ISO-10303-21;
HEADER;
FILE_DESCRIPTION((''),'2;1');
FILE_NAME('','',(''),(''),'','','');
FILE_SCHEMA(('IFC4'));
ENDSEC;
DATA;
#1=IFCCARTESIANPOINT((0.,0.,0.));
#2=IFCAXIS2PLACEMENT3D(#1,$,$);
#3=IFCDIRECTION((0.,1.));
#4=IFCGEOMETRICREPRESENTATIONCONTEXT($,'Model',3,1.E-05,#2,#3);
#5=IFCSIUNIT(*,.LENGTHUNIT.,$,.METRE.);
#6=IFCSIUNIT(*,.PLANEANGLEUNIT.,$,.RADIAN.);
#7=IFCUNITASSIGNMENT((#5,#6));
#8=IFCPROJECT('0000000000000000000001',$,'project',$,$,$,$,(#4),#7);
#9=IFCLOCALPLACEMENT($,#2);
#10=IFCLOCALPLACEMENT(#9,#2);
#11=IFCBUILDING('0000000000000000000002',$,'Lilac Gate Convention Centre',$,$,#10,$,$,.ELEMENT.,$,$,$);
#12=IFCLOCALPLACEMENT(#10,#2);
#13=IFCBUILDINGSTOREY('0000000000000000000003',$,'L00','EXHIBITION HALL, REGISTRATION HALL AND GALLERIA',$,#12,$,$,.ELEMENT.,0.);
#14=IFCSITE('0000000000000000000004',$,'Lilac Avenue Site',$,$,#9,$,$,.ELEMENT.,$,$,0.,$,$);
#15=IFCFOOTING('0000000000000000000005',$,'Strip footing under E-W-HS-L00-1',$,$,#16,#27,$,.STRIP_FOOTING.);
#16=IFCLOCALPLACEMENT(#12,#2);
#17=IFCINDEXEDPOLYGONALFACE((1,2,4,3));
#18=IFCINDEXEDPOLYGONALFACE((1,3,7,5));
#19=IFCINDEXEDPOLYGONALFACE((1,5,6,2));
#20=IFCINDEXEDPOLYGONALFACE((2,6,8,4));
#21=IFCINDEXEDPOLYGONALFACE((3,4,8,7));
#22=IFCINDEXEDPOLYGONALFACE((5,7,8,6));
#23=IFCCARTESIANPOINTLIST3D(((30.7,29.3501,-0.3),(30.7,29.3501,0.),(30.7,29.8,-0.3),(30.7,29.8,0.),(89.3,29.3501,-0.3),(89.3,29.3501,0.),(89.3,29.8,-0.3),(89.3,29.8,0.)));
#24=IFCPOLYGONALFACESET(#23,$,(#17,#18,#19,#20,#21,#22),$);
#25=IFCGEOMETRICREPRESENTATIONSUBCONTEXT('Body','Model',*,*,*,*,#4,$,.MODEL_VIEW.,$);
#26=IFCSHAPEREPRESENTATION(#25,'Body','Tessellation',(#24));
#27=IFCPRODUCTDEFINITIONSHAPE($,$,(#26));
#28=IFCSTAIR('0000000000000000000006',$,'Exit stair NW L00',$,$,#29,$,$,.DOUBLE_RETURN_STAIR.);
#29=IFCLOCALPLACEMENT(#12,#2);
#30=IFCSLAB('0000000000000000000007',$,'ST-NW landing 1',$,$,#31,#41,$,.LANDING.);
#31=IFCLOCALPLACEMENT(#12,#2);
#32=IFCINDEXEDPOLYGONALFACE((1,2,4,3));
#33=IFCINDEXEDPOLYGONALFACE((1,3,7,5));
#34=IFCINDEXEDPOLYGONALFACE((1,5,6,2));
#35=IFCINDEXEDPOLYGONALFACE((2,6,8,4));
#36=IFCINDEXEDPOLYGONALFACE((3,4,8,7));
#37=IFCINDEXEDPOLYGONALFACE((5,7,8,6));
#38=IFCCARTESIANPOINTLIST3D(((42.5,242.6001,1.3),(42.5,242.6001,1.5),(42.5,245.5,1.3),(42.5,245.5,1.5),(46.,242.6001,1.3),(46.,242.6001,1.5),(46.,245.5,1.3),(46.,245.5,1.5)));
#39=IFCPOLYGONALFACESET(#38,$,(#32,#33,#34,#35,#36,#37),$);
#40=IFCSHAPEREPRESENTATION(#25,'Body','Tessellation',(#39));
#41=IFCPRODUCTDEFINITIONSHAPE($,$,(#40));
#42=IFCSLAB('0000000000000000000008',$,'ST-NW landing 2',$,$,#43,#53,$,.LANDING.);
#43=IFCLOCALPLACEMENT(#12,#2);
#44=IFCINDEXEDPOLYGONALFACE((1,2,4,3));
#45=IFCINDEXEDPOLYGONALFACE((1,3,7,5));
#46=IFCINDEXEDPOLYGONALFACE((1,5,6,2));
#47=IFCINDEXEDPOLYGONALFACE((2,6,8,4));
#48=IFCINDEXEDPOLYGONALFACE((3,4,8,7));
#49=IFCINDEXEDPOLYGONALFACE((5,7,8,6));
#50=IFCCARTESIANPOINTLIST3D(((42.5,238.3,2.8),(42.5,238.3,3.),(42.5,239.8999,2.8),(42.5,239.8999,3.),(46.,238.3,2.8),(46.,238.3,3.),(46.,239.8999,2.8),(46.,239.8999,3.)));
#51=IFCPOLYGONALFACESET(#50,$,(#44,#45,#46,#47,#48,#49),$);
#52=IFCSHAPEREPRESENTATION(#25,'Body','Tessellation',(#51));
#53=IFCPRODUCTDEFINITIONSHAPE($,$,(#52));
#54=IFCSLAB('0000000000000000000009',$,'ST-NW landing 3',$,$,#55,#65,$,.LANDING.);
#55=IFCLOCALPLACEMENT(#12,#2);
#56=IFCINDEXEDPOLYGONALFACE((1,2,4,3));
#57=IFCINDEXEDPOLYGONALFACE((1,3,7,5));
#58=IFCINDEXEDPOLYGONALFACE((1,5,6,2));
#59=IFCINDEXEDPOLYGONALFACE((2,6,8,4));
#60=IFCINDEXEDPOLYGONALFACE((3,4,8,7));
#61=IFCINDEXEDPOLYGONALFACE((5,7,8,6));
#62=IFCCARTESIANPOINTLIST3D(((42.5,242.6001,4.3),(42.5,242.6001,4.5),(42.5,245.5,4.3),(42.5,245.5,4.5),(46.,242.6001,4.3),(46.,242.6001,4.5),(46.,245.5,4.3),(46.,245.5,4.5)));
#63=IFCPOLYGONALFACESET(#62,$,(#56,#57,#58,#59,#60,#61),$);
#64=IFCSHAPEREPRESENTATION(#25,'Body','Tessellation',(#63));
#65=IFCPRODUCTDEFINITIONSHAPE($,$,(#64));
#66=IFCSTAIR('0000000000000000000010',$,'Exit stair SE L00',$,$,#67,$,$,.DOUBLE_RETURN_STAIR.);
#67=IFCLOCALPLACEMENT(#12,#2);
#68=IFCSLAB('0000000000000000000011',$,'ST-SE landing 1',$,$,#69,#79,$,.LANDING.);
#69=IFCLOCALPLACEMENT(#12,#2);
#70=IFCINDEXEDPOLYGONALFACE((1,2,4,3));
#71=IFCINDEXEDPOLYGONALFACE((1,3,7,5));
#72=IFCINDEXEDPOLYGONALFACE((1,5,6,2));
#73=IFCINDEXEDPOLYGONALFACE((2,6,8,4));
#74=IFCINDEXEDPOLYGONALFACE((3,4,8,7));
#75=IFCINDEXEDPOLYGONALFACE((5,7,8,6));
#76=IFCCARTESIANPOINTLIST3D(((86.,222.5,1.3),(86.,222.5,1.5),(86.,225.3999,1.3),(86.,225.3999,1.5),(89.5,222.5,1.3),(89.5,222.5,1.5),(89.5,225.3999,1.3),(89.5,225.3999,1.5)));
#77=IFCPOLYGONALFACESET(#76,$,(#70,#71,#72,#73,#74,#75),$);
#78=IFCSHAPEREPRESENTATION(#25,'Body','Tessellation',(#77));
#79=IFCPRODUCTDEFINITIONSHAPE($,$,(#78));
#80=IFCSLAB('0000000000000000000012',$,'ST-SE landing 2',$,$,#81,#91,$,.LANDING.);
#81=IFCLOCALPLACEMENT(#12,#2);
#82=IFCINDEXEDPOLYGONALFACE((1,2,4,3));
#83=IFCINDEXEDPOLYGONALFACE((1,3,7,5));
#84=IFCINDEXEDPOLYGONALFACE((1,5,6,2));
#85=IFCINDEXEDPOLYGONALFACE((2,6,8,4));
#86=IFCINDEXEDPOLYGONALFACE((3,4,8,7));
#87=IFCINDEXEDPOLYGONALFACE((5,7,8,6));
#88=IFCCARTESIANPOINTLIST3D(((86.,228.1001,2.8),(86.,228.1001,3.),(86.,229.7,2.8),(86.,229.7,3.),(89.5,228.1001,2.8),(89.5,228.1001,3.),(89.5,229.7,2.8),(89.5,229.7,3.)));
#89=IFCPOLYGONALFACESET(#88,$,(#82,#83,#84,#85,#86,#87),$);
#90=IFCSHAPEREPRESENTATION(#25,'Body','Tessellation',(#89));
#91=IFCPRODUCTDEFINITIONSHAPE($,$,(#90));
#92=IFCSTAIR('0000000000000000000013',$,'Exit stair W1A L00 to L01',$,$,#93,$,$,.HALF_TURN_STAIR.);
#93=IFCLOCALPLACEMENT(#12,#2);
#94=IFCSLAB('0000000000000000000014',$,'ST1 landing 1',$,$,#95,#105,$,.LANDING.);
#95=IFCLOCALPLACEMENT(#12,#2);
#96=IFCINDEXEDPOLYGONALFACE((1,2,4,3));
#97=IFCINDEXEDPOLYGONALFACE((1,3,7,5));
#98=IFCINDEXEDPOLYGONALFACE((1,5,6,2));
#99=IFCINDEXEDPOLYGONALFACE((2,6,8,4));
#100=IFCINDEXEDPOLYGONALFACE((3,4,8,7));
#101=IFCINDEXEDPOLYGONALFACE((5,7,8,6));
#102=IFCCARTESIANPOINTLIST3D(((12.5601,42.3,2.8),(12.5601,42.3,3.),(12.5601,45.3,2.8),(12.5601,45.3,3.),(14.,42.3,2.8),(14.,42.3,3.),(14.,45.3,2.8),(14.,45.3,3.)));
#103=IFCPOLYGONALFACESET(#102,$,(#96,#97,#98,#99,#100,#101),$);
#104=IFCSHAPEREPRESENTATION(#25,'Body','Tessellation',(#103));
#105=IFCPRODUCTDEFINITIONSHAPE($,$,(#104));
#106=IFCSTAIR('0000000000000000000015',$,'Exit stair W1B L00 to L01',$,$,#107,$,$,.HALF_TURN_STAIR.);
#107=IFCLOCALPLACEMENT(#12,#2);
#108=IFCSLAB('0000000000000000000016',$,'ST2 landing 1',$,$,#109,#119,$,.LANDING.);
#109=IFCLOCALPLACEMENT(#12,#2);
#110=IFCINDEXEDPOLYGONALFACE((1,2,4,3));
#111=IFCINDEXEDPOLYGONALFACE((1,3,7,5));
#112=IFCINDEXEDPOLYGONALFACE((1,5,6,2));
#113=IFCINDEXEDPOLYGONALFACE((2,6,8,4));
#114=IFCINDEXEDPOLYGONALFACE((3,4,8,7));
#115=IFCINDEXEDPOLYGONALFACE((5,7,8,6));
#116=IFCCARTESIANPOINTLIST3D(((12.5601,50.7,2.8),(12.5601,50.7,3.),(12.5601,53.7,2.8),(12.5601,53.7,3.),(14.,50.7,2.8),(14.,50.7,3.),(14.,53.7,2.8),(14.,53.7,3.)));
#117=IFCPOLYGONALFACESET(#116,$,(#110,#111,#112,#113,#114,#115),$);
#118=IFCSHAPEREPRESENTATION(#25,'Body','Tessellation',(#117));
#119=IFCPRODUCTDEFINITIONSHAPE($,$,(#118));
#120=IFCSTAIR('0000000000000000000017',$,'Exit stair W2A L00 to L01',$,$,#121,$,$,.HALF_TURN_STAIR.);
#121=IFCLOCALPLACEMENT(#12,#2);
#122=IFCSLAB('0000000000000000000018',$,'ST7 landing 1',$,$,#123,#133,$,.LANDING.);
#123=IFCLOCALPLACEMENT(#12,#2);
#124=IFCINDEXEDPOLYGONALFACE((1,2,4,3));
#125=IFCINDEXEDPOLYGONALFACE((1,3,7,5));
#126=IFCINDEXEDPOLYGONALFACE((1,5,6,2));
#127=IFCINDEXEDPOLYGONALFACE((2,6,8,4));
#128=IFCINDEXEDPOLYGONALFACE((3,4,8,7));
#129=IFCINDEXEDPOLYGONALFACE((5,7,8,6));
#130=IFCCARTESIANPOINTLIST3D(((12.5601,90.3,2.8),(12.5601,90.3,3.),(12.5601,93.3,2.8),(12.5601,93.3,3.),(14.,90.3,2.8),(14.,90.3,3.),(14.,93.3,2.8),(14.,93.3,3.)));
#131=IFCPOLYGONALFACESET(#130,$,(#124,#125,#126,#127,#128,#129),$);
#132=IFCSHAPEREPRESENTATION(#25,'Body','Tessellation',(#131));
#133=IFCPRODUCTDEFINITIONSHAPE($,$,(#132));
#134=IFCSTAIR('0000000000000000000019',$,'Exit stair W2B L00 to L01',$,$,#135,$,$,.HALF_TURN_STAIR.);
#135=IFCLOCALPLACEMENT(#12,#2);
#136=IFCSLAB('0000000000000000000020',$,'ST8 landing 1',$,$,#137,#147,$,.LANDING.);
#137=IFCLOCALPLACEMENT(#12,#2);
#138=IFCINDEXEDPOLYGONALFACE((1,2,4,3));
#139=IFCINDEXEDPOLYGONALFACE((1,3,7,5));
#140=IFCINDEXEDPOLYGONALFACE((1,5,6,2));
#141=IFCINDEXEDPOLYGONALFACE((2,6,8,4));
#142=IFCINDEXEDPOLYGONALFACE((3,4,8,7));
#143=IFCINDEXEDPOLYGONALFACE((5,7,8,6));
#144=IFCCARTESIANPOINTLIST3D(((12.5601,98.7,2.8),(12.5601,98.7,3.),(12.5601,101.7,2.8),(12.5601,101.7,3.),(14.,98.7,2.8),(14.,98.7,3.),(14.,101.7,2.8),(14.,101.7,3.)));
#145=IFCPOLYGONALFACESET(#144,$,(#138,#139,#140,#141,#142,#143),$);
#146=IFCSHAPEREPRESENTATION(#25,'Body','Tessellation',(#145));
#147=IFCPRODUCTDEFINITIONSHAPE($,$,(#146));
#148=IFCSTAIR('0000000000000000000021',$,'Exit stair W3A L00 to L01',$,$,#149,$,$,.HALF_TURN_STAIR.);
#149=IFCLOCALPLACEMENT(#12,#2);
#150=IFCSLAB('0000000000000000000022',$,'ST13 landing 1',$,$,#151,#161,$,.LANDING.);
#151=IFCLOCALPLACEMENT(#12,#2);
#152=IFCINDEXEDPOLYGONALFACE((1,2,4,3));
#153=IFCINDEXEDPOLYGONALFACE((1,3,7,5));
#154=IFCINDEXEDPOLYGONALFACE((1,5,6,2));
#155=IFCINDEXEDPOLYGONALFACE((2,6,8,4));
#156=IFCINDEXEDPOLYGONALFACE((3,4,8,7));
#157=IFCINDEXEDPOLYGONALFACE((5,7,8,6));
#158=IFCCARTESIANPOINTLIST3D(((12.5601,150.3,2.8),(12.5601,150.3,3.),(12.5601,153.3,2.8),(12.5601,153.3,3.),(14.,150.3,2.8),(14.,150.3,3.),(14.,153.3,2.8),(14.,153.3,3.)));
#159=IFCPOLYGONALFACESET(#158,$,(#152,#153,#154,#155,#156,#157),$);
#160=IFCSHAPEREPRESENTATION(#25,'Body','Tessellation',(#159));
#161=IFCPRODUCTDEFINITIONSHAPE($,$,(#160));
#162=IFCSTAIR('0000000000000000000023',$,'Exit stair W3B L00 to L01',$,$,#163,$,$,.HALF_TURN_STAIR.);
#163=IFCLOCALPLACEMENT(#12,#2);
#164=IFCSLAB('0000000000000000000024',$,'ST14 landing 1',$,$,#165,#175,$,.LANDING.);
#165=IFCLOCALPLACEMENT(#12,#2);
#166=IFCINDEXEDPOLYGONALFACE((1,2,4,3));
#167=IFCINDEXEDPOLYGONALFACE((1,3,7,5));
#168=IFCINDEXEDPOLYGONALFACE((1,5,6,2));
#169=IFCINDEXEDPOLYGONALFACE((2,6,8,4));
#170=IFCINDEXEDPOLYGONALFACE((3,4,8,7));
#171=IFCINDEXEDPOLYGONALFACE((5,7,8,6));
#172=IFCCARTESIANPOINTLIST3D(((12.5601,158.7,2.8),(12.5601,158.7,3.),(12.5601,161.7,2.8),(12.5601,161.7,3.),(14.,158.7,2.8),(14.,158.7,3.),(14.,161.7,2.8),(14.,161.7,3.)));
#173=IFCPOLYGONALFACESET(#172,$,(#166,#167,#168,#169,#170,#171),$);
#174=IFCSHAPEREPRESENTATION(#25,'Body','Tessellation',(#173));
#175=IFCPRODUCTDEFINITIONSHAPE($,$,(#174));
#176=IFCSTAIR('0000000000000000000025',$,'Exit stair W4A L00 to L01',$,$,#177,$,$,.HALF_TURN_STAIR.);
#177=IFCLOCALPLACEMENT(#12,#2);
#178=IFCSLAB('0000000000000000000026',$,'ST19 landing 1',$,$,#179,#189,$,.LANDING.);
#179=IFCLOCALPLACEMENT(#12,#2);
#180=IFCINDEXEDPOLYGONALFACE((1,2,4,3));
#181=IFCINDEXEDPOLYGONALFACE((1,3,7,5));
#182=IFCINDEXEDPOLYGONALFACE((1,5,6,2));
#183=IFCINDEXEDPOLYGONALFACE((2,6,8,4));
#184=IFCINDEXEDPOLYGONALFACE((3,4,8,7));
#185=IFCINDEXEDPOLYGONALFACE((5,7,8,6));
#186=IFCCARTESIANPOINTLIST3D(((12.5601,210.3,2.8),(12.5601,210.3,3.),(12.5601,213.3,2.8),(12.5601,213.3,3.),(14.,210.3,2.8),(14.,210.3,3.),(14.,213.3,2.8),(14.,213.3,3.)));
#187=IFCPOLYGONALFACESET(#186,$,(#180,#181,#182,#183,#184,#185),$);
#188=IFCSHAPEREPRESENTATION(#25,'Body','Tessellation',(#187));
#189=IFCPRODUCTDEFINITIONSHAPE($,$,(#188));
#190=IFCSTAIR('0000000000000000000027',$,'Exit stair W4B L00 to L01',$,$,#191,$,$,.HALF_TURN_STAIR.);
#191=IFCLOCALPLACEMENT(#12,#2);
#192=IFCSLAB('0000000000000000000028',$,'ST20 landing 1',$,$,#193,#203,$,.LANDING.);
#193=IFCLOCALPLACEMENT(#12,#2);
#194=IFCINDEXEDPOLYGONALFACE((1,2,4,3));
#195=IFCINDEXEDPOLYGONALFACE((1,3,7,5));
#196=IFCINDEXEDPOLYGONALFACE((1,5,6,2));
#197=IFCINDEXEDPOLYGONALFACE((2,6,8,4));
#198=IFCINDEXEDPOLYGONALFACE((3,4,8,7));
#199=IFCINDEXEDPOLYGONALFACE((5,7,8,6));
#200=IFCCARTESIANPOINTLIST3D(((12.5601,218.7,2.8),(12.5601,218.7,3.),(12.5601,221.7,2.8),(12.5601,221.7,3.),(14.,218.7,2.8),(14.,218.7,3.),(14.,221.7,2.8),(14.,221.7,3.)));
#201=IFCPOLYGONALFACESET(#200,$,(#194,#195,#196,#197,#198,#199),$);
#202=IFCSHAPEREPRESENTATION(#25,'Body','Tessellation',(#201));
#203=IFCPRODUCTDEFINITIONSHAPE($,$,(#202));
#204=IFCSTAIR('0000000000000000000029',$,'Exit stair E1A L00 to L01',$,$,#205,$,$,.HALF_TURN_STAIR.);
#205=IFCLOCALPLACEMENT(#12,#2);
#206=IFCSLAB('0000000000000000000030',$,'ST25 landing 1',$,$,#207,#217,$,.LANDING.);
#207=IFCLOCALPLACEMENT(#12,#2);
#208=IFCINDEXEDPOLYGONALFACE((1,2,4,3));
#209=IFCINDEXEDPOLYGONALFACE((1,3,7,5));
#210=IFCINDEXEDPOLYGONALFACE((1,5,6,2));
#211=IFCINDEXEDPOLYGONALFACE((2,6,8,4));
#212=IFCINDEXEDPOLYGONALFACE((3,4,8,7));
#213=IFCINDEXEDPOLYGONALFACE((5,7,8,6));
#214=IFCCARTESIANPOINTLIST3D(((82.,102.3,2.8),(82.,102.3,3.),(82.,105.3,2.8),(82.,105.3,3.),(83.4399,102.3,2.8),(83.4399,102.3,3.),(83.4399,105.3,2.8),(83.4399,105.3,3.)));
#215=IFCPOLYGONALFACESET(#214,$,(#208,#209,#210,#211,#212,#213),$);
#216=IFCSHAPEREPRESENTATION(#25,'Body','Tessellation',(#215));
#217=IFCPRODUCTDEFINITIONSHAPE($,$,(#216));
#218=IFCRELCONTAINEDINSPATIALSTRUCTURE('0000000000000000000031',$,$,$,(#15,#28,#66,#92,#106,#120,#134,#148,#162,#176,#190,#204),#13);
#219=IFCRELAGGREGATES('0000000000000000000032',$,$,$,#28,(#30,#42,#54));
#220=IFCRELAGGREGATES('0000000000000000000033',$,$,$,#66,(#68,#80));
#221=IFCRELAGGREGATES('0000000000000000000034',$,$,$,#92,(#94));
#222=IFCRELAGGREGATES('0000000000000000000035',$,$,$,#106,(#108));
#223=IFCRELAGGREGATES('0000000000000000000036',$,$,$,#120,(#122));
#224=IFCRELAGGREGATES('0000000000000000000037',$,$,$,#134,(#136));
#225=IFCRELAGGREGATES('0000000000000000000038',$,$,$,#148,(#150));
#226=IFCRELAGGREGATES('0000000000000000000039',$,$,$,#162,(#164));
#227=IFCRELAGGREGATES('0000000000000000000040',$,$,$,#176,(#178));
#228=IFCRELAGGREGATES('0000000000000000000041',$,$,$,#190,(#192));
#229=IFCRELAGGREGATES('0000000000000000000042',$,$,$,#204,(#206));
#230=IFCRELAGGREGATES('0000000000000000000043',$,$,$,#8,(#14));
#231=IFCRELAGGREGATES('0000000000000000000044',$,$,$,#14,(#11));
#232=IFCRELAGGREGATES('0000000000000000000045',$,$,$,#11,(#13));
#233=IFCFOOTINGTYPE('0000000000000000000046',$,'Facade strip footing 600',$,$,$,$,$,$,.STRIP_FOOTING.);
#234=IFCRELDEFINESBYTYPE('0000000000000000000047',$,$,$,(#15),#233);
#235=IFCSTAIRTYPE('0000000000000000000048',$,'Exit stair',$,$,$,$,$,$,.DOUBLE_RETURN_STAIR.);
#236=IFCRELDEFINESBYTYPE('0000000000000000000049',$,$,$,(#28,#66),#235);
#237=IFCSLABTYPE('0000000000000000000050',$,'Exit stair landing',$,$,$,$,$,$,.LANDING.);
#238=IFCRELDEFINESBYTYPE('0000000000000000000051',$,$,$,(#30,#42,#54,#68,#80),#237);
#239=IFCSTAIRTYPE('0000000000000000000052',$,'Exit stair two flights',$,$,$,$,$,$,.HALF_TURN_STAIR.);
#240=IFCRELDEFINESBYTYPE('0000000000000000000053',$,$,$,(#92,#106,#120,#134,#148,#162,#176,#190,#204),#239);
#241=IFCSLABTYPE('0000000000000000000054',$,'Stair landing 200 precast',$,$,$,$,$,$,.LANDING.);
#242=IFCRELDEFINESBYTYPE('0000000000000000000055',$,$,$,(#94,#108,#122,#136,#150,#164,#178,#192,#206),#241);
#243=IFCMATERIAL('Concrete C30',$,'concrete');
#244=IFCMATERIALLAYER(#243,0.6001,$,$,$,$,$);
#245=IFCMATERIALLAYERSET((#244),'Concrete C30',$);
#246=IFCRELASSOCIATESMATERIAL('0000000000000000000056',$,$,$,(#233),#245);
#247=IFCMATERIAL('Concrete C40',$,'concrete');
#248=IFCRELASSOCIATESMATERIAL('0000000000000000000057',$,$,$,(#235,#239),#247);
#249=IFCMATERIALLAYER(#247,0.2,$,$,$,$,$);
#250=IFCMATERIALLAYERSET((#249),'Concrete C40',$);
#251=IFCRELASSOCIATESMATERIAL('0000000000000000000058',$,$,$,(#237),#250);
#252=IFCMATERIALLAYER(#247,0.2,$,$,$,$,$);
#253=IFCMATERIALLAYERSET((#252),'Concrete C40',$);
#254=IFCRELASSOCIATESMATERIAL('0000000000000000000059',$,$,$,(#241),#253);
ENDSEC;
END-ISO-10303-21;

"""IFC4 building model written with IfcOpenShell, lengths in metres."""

from ifc_helpers import new_model, si_unit, direction, frame, origin, place, context, subcontext, project, spatial, polyline, outline, extrude, material, layer, layer_set, type_object, element, aggregate, save


model = new_model("IFC4")

# Units and contexts
model_context = context("Model", 3, precision=1e-05, world=origin(), true_north=direction((0.0, 1.0)))
body_context = subcontext(model_context, "Body", "Model", "MODEL_VIEW")
ifc_project = project(units=[si_unit("LENGTHUNIT", "METRE"), si_unit("PLANEANGLEUNIT", "RADIAN")], contexts=[model_context])

# Site, building, storey
site_placement = place(None, origin())
site = spatial("IfcSite", under=ifc_project, at=site_placement, Name="Lilac Avenue Site", CompositionType="ELEMENT", RefElevation=0.0)
building_placement = place(site_placement, origin())
building = spatial("IfcBuilding", under=site, at=building_placement, Name="Lilac Gate Convention Centre", CompositionType="ELEMENT")
storey_placement = place(building_placement, origin())
storey = spatial("IfcBuildingStorey", under=building, at=storey_placement, Name="L00", Description="EXHIBITION HALL, REGISTRATION HALL AND GALLERIA", CompositionType="ELEMENT", Elevation=0.0)

# Footing
ifc_material_1 = material(Name="Concrete C30", Category="concrete")
ifc_layer_1 = layer(ifc_material_1, 0.6001)
ifc_layer_set_1 = layer_set([ifc_layer_1], Name="Concrete C30")
footing_type = type_object("IfcFootingType", Name="Facade strip footing 600", PredefinedType="STRIP_FOOTING", material=ifc_layer_set_1)
footing_placement = place(storey_placement, frame((0.0, 0.0, -0.3)))
element("IfcFooting", 1, at=footing_placement, inside=storey, type_object=footing_type, Name="Strip footing under E-W-HS-L00-1", PredefinedType="STRIP_FOOTING", context=body_context, shape_type="SweptSolid", body=[
    extrude(outline(polyline([(89.3, 29.3501), (30.7, 29.3501), (30.7, 29.8), (89.3, 29.8), (89.3, 29.3501)])), origin(), (0.0, 0.0, 1.0), 0.3),
])

# Stairs, slabs
ifc_material_2 = material(Name="Concrete C40", Category="concrete")
stair_type_1 = type_object("IfcStairType", Name="Exit stair", PredefinedType="DOUBLE_RETURN_STAIR", material=ifc_material_2)
stair_1_placement = place(storey_placement, origin())
stair_1 = element("IfcStair", 2, at=stair_1_placement, inside=storey, type_object=stair_type_1, Name="Exit stair NW L00", PredefinedType="DOUBLE_RETURN_STAIR")
ifc_layer_2 = layer(ifc_material_2, 0.2)
ifc_layer_set_2 = layer_set([ifc_layer_2], Name="Concrete C40")
slab_type_1 = type_object("IfcSlabType", Name="Exit stair landing", PredefinedType="LANDING", material=ifc_layer_set_2)
slab_1_placement = place(storey_placement, frame((0.0, 0.0, 1.3)))
slab_1 = element("IfcSlab", 3, at=slab_1_placement, type_object=slab_type_1, Name="ST-NW landing 1", PredefinedType="LANDING", context=body_context, shape_type="SweptSolid", body=[
    extrude(outline(polyline([(42.5, 242.6001), (46.0, 242.6001), (46.0, 245.5), (42.5, 245.5), (42.5, 242.6001)])), origin(), (0.0, 0.0, 1.0), 0.2),
])
slab_2_placement = place(storey_placement, frame((0.0, 0.0, 2.8)))
slab_2 = element("IfcSlab", 4, at=slab_2_placement, type_object=slab_type_1, Name="ST-NW landing 2", PredefinedType="LANDING", context=body_context, shape_type="SweptSolid", body=[
    extrude(outline(polyline([(42.5, 238.3), (46.0, 238.3), (46.0, 239.8999), (42.5, 239.8999), (42.5, 238.3)])), origin(), (0.0, 0.0, 1.0), 0.2),
])
slab_3_placement = place(storey_placement, frame((0.0, 0.0, 4.3)))
slab_3 = element("IfcSlab", 5, at=slab_3_placement, type_object=slab_type_1, Name="ST-NW landing 3", PredefinedType="LANDING", context=body_context, shape_type="SweptSolid", body=[
    extrude(outline(polyline([(42.5, 242.6001), (46.0, 242.6001), (46.0, 245.5), (42.5, 245.5), (42.5, 242.6001)])), origin(), (0.0, 0.0, 1.0), 0.2),
])
aggregate(stair_1, [slab_1, slab_2, slab_3])
stair_2_placement = place(storey_placement, origin())
stair_2 = element("IfcStair", 6, at=stair_2_placement, inside=storey, type_object=stair_type_1, Name="Exit stair SE L00", PredefinedType="DOUBLE_RETURN_STAIR")
slab_4_placement = place(storey_placement, frame((0.0, 0.0, 1.3)))
slab_4 = element("IfcSlab", 7, at=slab_4_placement, type_object=slab_type_1, Name="ST-SE landing 1", PredefinedType="LANDING", context=body_context, shape_type="SweptSolid", body=[
    extrude(outline(polyline([(86.0, 222.5), (89.5, 222.5), (89.5, 225.3999), (86.0, 225.3999), (86.0, 222.5)])), origin(), (0.0, 0.0, 1.0), 0.2),
])
slab_5_placement = place(storey_placement, frame((0.0, 0.0, 2.8)))
slab_5 = element("IfcSlab", 8, at=slab_5_placement, type_object=slab_type_1, Name="ST-SE landing 2", PredefinedType="LANDING", context=body_context, shape_type="SweptSolid", body=[
    extrude(outline(polyline([(86.0, 228.1001), (89.5, 228.1001), (89.5, 229.7), (86.0, 229.7), (86.0, 228.1001)])), origin(), (0.0, 0.0, 1.0), 0.2),
])
aggregate(stair_2, [slab_4, slab_5])

# Stairs, slabs
stair_type_2 = type_object("IfcStairType", Name="Exit stair two flights", PredefinedType="HALF_TURN_STAIR", material=ifc_material_2)
stair_3_placement = place(storey_placement, origin())
stair_3 = element("IfcStair", 9, at=stair_3_placement, inside=storey, type_object=stair_type_2, Name="Exit stair W1A L00 to L01", PredefinedType="HALF_TURN_STAIR")
ifc_layer_3 = layer(ifc_material_2, 0.2)
ifc_layer_set_3 = layer_set([ifc_layer_3], Name="Concrete C40")
slab_type_2 = type_object("IfcSlabType", Name="Stair landing 200 precast", PredefinedType="LANDING", material=ifc_layer_set_3)
slab_6_placement = place(storey_placement, frame((0.0, 0.0, 2.8)))
slab_6 = element("IfcSlab", 10, at=slab_6_placement, type_object=slab_type_2, Name="ST1 landing 1", PredefinedType="LANDING", context=body_context, shape_type="SweptSolid", body=[
    extrude(outline(polyline([(12.5601, 42.3), (14.0, 42.3), (14.0, 45.3), (12.5601, 45.3), (12.5601, 42.3)])), origin(), (0.0, 0.0, 1.0), 0.2),
])
aggregate(stair_3, [slab_6])
stair_4_placement = place(storey_placement, origin())
stair_4 = element("IfcStair", 11, at=stair_4_placement, inside=storey, type_object=stair_type_2, Name="Exit stair W1B L00 to L01", PredefinedType="HALF_TURN_STAIR")
slab_7_placement = place(storey_placement, frame((0.0, 0.0, 2.8)))
slab_7 = element("IfcSlab", 12, at=slab_7_placement, type_object=slab_type_2, Name="ST2 landing 1", PredefinedType="LANDING", context=body_context, shape_type="SweptSolid", body=[
    extrude(outline(polyline([(12.5601, 50.7), (14.0, 50.7), (14.0, 53.7), (12.5601, 53.7), (12.5601, 50.7)])), origin(), (0.0, 0.0, 1.0), 0.2),
])
aggregate(stair_4, [slab_7])
stair_5_placement = place(storey_placement, origin())
stair_5 = element("IfcStair", 13, at=stair_5_placement, inside=storey, type_object=stair_type_2, Name="Exit stair W2A L00 to L01", PredefinedType="HALF_TURN_STAIR")
slab_8_placement = place(storey_placement, frame((0.0, 0.0, 2.8)))
slab_8 = element("IfcSlab", 14, at=slab_8_placement, type_object=slab_type_2, Name="ST7 landing 1", PredefinedType="LANDING", context=body_context, shape_type="SweptSolid", body=[
    extrude(outline(polyline([(12.5601, 90.3), (14.0, 90.3), (14.0, 93.3), (12.5601, 93.3), (12.5601, 90.3)])), origin(), (0.0, 0.0, 1.0), 0.2),
])
aggregate(stair_5, [slab_8])
stair_6_placement = place(storey_placement, origin())
stair_6 = element("IfcStair", 15, at=stair_6_placement, inside=storey, type_object=stair_type_2, Name="Exit stair W2B L00 to L01", PredefinedType="HALF_TURN_STAIR")
slab_9_placement = place(storey_placement, frame((0.0, 0.0, 2.8)))
slab_9 = element("IfcSlab", 16, at=slab_9_placement, type_object=slab_type_2, Name="ST8 landing 1", PredefinedType="LANDING", context=body_context, shape_type="SweptSolid", body=[
    extrude(outline(polyline([(12.5601, 98.7), (14.0, 98.7), (14.0, 101.7), (12.5601, 101.7), (12.5601, 98.7)])), origin(), (0.0, 0.0, 1.0), 0.2),
])
aggregate(stair_6, [slab_9])
stair_7_placement = place(storey_placement, origin())
stair_7 = element("IfcStair", 17, at=stair_7_placement, inside=storey, type_object=stair_type_2, Name="Exit stair W3A L00 to L01", PredefinedType="HALF_TURN_STAIR")
slab_10_placement = place(storey_placement, frame((0.0, 0.0, 2.8)))
slab_10 = element("IfcSlab", 18, at=slab_10_placement, type_object=slab_type_2, Name="ST13 landing 1", PredefinedType="LANDING", context=body_context, shape_type="SweptSolid", body=[
    extrude(outline(polyline([(12.5601, 150.3), (14.0, 150.3), (14.0, 153.3), (12.5601, 153.3), (12.5601, 150.3)])), origin(), (0.0, 0.0, 1.0), 0.2),
])
aggregate(stair_7, [slab_10])
stair_8_placement = place(storey_placement, origin())
stair_8 = element("IfcStair", 19, at=stair_8_placement, inside=storey, type_object=stair_type_2, Name="Exit stair W3B L00 to L01", PredefinedType="HALF_TURN_STAIR")
slab_11_placement = place(storey_placement, frame((0.0, 0.0, 2.8)))
slab_11 = element("IfcSlab", 20, at=slab_11_placement, type_object=slab_type_2, Name="ST14 landing 1", PredefinedType="LANDING", context=body_context, shape_type="SweptSolid", body=[
    extrude(outline(polyline([(12.5601, 158.7), (14.0, 158.7), (14.0, 161.7), (12.5601, 161.7), (12.5601, 158.7)])), origin(), (0.0, 0.0, 1.0), 0.2),
])
aggregate(stair_8, [slab_11])
stair_9_placement = place(storey_placement, origin())
stair_9 = element("IfcStair", 21, at=stair_9_placement, inside=storey, type_object=stair_type_2, Name="Exit stair W4A L00 to L01", PredefinedType="HALF_TURN_STAIR")
slab_12_placement = place(storey_placement, frame((0.0, 0.0, 2.8)))
slab_12 = element("IfcSlab", 22, at=slab_12_placement, type_object=slab_type_2, Name="ST19 landing 1", PredefinedType="LANDING", context=body_context, shape_type="SweptSolid", body=[
    extrude(outline(polyline([(12.5601, 210.3), (14.0, 210.3), (14.0, 213.3), (12.5601, 213.3), (12.5601, 210.3)])), origin(), (0.0, 0.0, 1.0), 0.2),
])
aggregate(stair_9, [slab_12])
stair_10_placement = place(storey_placement, origin())
stair_10 = element("IfcStair", 23, at=stair_10_placement, inside=storey, type_object=stair_type_2, Name="Exit stair W4B L00 to L01", PredefinedType="HALF_TURN_STAIR")
slab_13_placement = place(storey_placement, frame((0.0, 0.0, 2.8)))
slab_13 = element("IfcSlab", 24, at=slab_13_placement, type_object=slab_type_2, Name="ST20 landing 1", PredefinedType="LANDING", context=body_context, shape_type="SweptSolid", body=[
    extrude(outline(polyline([(12.5601, 218.7), (14.0, 218.7), (14.0, 221.7), (12.5601, 221.7), (12.5601, 218.7)])), origin(), (0.0, 0.0, 1.0), 0.2),
])
aggregate(stair_10, [slab_13])
stair_11_placement = place(storey_placement, origin())
stair_11 = element("IfcStair", 25, at=stair_11_placement, inside=storey, type_object=stair_type_2, Name="Exit stair E1A L00 to L01", PredefinedType="HALF_TURN_STAIR")
slab_14_placement = place(storey_placement, frame((0.0, 0.0, 2.8)))
slab_14 = element("IfcSlab", 26, at=slab_14_placement, type_object=slab_type_2, Name="ST25 landing 1", PredefinedType="LANDING", context=body_context, shape_type="SweptSolid", body=[
    extrude(outline(polyline([(82.0, 102.3), (83.4399, 102.3), (83.4399, 105.3), (82.0, 105.3), (82.0, 102.3)])), origin(), (0.0, 0.0, 1.0), 0.2),
])
aggregate(stair_11, [slab_14])

save(model, "model.ifc")
